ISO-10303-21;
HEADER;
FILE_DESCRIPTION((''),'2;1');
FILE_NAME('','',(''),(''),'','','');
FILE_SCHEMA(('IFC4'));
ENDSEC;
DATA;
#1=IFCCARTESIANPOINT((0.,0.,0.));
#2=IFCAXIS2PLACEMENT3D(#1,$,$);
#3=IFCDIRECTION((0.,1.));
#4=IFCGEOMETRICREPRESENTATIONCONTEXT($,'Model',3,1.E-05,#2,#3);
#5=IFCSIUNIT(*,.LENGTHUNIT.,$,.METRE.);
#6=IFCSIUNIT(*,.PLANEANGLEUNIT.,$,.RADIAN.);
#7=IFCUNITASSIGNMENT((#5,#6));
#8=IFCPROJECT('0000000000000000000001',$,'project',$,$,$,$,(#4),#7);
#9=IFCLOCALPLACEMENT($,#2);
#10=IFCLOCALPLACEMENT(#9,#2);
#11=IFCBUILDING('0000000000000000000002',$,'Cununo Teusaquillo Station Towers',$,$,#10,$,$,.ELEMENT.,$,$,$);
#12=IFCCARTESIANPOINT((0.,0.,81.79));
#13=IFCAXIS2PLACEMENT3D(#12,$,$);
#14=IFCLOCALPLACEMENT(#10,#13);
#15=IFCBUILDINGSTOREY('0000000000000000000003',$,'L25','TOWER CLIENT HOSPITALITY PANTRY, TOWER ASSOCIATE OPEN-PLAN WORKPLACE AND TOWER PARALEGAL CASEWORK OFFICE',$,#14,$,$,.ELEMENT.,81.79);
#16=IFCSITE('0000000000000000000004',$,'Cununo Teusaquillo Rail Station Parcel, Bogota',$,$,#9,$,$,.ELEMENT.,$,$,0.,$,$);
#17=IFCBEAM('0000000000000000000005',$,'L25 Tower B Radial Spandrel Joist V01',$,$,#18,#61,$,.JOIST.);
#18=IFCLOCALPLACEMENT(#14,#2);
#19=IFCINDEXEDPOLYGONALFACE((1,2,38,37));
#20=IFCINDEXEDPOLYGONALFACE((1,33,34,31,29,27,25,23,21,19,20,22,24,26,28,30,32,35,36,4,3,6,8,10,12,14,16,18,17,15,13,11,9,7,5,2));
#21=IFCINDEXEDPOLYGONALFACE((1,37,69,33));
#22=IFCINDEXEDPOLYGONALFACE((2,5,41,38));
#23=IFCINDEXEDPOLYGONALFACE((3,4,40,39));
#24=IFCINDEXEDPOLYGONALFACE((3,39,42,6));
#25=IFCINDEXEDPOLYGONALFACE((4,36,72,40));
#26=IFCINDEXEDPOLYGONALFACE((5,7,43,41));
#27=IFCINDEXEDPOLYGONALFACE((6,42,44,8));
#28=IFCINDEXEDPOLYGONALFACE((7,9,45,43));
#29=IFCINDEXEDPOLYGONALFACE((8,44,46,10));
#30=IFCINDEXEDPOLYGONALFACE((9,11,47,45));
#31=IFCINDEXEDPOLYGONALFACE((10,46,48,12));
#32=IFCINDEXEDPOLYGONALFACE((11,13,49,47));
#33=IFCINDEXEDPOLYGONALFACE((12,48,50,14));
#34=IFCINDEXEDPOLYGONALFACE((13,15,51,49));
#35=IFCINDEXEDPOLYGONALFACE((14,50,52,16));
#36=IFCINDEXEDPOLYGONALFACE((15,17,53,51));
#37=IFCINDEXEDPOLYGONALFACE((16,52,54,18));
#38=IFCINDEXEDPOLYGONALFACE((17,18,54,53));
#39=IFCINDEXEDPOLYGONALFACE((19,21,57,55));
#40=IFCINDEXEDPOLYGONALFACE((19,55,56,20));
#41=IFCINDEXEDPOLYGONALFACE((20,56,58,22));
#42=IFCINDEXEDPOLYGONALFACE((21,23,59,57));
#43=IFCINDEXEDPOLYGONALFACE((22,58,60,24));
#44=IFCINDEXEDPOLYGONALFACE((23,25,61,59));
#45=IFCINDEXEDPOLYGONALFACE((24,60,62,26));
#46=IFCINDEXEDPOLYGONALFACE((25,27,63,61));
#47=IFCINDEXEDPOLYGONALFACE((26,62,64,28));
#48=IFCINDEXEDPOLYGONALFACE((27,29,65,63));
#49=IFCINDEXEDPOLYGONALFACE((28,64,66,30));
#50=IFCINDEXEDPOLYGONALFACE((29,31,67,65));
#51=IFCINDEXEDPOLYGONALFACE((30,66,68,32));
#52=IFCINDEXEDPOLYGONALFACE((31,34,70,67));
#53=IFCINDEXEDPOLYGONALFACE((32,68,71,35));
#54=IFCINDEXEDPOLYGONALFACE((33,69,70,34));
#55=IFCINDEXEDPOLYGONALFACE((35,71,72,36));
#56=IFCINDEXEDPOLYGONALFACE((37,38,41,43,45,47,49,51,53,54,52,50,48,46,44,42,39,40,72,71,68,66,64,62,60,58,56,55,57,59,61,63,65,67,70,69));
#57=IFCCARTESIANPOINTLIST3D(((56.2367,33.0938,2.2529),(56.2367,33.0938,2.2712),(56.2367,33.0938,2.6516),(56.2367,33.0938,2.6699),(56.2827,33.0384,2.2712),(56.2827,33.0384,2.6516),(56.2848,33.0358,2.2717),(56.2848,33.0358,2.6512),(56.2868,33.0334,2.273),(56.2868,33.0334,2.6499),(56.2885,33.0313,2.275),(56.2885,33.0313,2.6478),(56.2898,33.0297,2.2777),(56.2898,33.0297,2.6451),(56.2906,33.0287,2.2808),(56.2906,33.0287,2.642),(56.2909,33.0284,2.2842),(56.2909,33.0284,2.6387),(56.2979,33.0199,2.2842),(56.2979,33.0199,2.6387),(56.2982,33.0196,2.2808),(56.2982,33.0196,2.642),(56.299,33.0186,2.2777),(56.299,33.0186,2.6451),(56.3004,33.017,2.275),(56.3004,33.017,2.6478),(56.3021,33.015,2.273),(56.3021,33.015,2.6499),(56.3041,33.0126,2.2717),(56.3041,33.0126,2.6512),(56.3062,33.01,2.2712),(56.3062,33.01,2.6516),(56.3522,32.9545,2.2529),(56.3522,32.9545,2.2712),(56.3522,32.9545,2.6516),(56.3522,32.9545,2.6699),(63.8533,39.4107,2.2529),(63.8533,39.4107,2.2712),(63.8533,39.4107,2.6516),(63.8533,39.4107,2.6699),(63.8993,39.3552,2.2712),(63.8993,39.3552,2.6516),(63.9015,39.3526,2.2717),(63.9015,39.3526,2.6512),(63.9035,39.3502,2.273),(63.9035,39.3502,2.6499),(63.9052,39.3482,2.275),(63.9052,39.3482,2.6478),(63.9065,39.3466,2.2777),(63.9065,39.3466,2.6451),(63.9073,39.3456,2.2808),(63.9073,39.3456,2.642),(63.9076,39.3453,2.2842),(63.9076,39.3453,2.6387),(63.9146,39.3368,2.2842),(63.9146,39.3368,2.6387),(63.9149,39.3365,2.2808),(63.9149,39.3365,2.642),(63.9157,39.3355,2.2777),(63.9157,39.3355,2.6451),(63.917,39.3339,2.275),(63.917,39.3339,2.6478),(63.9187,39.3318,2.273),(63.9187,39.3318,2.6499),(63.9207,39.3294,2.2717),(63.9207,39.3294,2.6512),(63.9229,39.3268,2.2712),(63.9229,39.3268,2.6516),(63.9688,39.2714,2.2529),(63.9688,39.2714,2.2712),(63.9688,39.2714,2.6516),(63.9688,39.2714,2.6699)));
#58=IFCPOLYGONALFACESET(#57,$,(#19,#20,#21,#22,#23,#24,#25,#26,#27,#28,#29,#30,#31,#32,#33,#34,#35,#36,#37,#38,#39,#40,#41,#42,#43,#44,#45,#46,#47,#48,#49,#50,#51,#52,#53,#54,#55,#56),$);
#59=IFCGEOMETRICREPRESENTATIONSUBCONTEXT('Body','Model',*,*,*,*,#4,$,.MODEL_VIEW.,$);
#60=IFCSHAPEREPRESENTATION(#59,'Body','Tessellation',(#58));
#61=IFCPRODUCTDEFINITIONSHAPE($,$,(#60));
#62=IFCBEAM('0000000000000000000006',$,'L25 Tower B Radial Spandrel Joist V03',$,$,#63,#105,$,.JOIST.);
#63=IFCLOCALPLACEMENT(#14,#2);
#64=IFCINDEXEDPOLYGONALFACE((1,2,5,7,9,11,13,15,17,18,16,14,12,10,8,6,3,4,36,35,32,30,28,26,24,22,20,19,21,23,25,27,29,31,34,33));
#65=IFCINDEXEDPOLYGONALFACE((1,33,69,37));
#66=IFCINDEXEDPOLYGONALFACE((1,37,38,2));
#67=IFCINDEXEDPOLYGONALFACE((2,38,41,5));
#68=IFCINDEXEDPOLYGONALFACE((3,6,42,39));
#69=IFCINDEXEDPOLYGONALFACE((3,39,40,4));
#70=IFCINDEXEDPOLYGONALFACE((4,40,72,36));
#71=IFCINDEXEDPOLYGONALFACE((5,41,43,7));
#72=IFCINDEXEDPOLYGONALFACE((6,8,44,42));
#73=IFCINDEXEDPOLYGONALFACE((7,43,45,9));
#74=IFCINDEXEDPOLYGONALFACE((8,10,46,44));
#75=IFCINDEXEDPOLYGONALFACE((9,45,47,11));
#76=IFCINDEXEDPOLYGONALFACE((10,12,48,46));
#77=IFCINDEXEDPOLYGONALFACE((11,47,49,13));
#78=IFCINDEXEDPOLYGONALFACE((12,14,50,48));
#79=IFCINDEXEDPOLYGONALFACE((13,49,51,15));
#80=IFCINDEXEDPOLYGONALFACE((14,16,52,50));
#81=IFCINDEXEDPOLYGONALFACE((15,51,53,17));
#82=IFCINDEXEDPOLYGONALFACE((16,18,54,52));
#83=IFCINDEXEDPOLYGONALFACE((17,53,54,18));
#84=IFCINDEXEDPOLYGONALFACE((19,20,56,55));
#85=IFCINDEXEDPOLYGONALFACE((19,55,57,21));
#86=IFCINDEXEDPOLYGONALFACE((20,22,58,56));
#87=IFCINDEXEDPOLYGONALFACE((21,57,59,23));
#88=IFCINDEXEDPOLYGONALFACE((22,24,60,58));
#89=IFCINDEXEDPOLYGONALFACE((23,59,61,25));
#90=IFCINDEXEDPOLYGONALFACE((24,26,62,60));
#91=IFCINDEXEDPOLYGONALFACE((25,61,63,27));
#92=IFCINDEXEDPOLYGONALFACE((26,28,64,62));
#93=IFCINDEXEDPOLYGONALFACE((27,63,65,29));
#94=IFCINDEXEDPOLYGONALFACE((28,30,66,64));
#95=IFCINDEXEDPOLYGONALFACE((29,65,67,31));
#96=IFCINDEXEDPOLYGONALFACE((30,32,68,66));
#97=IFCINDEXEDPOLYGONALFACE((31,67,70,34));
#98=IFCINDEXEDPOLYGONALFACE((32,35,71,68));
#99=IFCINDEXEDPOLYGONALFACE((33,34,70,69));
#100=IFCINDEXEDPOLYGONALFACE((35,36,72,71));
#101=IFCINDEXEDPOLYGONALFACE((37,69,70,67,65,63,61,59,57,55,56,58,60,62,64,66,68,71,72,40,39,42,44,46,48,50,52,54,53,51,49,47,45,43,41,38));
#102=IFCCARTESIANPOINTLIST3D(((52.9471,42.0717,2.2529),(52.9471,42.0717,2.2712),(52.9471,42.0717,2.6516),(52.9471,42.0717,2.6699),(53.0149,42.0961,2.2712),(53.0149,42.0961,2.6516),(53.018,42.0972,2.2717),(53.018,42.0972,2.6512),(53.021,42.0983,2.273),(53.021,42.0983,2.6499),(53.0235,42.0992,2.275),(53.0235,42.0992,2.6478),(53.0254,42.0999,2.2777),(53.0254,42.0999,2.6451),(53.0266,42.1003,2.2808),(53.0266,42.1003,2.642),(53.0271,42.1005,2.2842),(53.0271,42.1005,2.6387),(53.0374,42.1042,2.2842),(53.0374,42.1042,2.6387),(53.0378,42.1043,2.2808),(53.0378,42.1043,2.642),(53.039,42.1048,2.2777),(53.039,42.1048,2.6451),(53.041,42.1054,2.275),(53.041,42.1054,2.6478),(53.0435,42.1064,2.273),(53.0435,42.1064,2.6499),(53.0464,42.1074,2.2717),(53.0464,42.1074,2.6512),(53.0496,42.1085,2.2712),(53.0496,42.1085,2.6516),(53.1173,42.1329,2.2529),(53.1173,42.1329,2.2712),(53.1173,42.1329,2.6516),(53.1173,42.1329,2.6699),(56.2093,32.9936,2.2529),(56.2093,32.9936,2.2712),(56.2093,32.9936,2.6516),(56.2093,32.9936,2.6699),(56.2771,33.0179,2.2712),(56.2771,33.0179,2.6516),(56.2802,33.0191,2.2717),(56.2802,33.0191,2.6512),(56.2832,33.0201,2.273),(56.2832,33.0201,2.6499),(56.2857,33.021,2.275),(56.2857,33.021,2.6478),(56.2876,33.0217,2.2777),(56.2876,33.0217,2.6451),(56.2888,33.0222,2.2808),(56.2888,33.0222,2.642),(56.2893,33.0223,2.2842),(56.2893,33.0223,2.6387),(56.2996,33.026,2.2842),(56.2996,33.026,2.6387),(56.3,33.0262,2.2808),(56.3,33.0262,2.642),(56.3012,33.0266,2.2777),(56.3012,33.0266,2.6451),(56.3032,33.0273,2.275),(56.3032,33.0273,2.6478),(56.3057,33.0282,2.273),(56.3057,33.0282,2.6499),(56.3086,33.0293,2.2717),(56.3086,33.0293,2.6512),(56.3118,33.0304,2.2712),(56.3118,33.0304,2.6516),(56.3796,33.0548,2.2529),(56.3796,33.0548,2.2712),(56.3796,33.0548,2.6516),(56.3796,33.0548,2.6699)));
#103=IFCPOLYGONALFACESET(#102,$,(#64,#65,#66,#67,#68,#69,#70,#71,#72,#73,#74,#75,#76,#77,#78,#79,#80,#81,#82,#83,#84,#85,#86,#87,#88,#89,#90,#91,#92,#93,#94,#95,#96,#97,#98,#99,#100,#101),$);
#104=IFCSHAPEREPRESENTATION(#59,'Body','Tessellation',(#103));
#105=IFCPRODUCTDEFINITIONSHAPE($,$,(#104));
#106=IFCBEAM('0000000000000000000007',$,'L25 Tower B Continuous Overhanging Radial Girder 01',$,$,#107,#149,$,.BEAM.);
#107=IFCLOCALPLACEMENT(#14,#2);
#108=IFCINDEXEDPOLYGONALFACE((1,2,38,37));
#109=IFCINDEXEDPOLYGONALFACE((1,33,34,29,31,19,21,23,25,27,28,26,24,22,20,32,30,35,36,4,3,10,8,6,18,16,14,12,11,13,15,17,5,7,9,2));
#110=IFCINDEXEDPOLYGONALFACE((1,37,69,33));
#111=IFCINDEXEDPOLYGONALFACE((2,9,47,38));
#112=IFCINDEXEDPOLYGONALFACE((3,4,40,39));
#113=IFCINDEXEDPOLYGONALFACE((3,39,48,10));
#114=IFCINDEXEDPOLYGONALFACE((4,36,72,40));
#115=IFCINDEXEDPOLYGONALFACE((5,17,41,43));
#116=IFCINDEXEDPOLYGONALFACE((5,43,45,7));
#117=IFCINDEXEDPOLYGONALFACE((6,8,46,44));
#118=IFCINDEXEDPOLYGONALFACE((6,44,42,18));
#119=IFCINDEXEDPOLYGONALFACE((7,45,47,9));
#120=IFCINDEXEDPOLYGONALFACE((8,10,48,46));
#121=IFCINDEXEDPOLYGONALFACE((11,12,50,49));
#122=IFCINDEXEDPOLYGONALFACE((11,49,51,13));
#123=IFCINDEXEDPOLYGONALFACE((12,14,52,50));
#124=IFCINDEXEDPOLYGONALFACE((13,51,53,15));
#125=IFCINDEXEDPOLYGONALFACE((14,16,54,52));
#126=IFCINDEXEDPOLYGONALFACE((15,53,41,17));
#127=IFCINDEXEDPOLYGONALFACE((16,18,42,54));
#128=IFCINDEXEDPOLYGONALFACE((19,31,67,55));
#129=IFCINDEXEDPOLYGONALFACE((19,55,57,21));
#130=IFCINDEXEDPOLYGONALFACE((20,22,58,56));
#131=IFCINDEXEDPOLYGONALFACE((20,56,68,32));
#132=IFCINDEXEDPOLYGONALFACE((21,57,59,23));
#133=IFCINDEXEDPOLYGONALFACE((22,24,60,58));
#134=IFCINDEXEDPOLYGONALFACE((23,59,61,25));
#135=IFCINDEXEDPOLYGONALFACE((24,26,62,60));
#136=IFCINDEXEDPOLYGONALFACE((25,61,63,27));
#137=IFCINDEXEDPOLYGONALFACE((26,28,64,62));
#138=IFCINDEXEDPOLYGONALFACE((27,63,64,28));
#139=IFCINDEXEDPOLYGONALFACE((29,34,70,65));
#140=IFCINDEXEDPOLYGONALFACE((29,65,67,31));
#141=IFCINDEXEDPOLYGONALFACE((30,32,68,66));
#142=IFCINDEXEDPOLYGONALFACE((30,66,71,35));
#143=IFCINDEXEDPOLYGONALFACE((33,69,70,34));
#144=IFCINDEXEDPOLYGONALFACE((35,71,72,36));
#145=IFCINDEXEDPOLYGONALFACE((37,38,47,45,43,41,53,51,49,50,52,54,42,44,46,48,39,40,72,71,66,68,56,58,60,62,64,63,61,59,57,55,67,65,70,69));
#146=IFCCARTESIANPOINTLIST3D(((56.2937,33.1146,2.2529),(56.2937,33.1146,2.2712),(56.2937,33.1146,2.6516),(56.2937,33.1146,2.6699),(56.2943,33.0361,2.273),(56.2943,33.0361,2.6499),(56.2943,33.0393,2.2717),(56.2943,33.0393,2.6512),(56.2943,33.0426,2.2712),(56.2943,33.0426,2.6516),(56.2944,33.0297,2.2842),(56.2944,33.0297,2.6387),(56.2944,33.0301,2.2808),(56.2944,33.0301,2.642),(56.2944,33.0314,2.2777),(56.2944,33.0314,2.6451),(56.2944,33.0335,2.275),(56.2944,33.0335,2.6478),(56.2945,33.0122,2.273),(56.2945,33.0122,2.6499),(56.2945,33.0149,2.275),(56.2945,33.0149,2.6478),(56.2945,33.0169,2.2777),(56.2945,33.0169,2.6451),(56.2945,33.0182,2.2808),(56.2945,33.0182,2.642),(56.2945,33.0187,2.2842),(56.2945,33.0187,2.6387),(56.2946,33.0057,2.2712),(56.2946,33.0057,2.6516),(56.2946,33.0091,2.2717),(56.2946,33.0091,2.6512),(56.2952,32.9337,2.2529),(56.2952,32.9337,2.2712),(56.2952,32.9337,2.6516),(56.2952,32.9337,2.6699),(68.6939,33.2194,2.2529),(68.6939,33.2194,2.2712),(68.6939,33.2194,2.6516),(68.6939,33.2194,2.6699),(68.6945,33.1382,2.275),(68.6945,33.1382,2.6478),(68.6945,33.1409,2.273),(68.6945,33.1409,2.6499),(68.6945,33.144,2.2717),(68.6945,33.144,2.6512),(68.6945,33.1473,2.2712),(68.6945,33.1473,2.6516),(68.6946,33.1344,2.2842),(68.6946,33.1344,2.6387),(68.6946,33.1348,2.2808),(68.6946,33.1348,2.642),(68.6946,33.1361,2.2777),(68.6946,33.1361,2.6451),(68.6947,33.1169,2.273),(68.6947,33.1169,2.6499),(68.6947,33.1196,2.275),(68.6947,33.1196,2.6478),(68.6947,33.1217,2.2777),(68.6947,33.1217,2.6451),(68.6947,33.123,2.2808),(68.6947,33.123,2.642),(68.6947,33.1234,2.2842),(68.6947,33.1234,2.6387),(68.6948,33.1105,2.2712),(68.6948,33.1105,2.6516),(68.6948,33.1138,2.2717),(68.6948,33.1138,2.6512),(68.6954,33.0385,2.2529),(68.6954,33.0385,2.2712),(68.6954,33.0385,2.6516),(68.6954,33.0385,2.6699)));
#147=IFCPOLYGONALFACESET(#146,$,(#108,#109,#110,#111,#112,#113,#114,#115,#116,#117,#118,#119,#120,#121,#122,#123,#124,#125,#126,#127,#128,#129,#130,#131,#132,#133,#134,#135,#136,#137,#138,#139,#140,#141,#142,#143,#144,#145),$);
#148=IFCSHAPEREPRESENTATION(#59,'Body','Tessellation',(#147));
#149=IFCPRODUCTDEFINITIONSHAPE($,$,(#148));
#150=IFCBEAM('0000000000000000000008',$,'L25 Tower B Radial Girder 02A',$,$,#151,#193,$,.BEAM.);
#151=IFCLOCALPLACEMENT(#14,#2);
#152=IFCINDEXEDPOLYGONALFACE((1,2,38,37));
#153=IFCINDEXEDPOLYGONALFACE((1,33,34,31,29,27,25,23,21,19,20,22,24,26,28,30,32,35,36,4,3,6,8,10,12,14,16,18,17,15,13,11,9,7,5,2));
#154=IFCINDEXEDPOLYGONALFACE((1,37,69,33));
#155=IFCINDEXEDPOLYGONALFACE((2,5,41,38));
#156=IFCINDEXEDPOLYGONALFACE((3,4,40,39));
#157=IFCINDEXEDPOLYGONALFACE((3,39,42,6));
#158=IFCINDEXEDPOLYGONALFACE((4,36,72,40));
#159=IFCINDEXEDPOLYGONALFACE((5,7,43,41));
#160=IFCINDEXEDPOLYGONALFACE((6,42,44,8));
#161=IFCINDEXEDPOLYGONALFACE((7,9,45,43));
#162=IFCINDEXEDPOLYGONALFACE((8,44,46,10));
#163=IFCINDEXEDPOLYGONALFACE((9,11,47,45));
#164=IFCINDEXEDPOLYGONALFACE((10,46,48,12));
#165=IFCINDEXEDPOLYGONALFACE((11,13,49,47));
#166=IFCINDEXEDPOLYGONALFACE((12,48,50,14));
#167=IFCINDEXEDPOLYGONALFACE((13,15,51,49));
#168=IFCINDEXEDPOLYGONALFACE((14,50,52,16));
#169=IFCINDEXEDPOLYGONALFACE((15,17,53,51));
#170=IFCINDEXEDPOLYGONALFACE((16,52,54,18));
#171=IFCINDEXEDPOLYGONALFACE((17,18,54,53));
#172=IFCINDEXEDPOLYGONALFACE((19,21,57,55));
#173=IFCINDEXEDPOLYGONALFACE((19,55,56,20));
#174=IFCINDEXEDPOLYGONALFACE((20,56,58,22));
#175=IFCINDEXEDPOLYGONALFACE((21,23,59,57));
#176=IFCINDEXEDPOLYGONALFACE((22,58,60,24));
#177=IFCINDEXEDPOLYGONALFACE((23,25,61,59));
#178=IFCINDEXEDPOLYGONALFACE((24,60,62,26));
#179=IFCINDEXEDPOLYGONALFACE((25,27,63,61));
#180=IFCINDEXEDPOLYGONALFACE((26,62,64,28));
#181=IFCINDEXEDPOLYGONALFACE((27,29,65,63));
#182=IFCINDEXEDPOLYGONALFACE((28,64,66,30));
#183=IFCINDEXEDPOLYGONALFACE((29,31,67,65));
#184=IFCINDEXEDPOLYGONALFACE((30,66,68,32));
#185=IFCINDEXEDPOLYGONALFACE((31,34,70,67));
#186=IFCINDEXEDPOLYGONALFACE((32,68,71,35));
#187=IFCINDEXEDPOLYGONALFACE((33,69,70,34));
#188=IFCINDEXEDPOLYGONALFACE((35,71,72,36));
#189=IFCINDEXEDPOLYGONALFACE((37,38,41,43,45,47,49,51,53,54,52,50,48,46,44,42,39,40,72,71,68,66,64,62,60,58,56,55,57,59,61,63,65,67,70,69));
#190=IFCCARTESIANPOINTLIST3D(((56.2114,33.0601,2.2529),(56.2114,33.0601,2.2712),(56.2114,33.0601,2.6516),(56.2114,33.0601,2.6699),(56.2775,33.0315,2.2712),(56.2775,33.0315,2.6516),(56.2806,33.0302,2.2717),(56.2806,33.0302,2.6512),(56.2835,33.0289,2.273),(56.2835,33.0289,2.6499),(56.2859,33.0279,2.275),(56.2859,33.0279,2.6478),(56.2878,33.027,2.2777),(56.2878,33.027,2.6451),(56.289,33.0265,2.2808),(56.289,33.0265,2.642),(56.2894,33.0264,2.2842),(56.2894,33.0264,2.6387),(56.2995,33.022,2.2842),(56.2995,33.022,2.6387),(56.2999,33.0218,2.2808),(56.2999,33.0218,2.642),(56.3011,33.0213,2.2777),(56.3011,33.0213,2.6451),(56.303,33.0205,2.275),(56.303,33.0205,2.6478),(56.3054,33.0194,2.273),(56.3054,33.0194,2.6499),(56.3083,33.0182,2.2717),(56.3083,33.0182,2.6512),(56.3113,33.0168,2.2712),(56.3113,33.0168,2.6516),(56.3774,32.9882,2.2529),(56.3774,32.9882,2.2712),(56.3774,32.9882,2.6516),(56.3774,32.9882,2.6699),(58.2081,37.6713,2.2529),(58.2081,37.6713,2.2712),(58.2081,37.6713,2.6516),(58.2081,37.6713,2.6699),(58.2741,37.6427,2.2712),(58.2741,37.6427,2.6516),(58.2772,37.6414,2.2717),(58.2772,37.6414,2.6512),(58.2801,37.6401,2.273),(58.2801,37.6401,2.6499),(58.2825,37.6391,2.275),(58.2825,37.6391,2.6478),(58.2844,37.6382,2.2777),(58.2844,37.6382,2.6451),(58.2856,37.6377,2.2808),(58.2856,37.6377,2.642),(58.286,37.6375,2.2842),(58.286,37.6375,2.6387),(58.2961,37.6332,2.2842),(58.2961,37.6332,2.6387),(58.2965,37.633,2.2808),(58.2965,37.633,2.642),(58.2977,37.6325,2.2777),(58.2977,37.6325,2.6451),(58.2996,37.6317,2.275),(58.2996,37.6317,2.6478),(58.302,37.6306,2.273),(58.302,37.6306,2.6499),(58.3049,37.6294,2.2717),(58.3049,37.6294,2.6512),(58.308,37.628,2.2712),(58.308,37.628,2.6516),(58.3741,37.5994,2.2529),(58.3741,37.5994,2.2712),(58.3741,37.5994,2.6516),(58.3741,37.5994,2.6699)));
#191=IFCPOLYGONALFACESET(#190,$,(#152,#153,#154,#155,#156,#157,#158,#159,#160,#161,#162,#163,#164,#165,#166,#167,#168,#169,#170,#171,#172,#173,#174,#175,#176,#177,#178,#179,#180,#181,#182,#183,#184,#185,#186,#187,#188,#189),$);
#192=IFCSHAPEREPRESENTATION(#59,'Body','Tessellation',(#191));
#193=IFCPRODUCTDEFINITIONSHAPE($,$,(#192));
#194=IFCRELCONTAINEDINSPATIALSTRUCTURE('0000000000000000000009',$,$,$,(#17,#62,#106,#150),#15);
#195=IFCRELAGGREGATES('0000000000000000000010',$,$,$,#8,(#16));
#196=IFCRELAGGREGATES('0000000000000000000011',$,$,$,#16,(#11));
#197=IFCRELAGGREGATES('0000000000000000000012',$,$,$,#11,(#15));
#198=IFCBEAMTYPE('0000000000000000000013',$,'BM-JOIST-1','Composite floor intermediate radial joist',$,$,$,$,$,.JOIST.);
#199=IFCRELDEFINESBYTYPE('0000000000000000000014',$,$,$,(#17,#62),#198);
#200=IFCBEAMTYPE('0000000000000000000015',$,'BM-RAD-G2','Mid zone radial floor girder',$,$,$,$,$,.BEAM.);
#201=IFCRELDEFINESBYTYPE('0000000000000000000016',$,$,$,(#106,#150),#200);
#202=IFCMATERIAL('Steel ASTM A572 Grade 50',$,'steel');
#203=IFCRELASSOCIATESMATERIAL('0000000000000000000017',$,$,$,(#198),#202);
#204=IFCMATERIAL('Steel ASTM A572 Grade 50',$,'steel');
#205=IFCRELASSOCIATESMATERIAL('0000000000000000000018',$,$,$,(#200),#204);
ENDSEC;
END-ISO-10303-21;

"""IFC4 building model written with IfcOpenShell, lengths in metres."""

from ifc_helpers import new_model, si_unit, direction, frame, origin, origin_2d, place, context, subcontext, project, spatial, i_section, extrude, material, material_profile, profile_set, type_object, element, save


model = new_model("IFC4")

# Units and contexts
model_context = context("Model", 3, precision=1e-05, world=origin(), true_north=direction((0.0, 1.0)))
body_context = subcontext(model_context, "Body", "Model", "MODEL_VIEW")
ifc_project = project(units=[si_unit("LENGTHUNIT", "METRE"), si_unit("PLANEANGLEUNIT", "RADIAN")], contexts=[model_context])

# Site, building, storey
site_placement = place(None, origin())
site = spatial("IfcSite", under=ifc_project, at=site_placement, Name="Cununo Teusaquillo Rail Station Parcel, Bogota", CompositionType="ELEMENT", RefElevation=0.0)
building_placement = place(site_placement, origin())
building = spatial("IfcBuilding", under=site, at=building_placement, Name="Cununo Teusaquillo Station Towers", CompositionType="ELEMENT")
storey_placement = place(building_placement, frame((0.0, 0.0, 81.79)))
storey = spatial("IfcBuildingStorey", under=building, at=storey_placement, Name="L25", Description="TOWER CLIENT HOSPITALITY PANTRY, TOWER ASSOCIATE OPEN-PLAN WORKPLACE AND TOWER PARALEGAL CASEWORK OFFICE", CompositionType="ELEMENT", Elevation=81.79)

# Beams
ifc_material_1 = material(Name="Steel ASTM A572 Grade 50", Category="steel")
ifc_material_profile_1 = material_profile(ifc_material_1, i_section(OverallWidth=0.1809, OverallDepth=0.417, WebThickness=0.011, FlangeThickness=0.0183, FilletRadius=0.0129, at=origin_2d()), Name="W16X57")
ifc_profile_set_1 = profile_set([ifc_material_profile_1], Name="Steel ASTM A572 Grade 50")
beam_type_1 = type_object("IfcBeamType", Name="BM-JOIST-1", Description="Composite floor intermediate radial joist", PredefinedType="JOIST", material=ifc_profile_set_1)
beam_1_placement = place(storey_placement, frame((56.2944, 33.0242, 2.4614), z_axis=(0.769728, 0.638372, 0.0), x_axis=(-0.638372, 0.769728, 0.0)))
element("IfcBeam", 1, at=beam_1_placement, inside=storey, type_object=beam_type_1, Name="L25 Tower B Radial Spandrel Joist V01", PredefinedType="JOIST", context=body_context, shape_type="SweptSolid", body=[
    extrude(i_section(OverallWidth=0.1809, OverallDepth=0.417, WebThickness=0.011, FlangeThickness=0.0183, FilletRadius=0.0129, at=origin_2d()), origin(), (0.0, 0.0, 1.0), 9.8953),
])
beam_2_placement = place(storey_placement, frame((56.2944, 33.0242, 2.4614), z_axis=(-0.338176, 0.941083, 0.0), x_axis=(-0.941083, -0.338176, 0.0)))
element("IfcBeam", 2, at=beam_2_placement, inside=storey, type_object=beam_type_1, Name="L25 Tower B Radial Spandrel Joist V03", PredefinedType="JOIST", context=body_context, shape_type="SweptSolid", body=[
    extrude(i_section(OverallWidth=0.1809, OverallDepth=0.417, WebThickness=0.011, FlangeThickness=0.0183, FilletRadius=0.0129, at=origin_2d()), origin(), (0.0, 0.0, 1.0), 9.6465),
])
ifc_material_2 = material(Name="Steel ASTM A572 Grade 50", Category="steel")
ifc_material_profile_2 = material_profile(ifc_material_2, i_section(OverallWidth=0.1809, OverallDepth=0.417, WebThickness=0.011, FlangeThickness=0.0183, FilletRadius=0.0129, at=origin_2d()), Name="W16X57")
ifc_profile_set_2 = profile_set([ifc_material_profile_2], Name="Steel ASTM A572 Grade 50")
beam_type_2 = type_object("IfcBeamType", Name="BM-RAD-G2", Description="Mid zone radial floor girder", PredefinedType="BEAM", material=ifc_profile_set_2)
beam_3_placement = place(storey_placement, frame((56.2944, 33.0242, 2.4614), z_axis=(0.999964, 0.008446, 0.0), x_axis=(-0.008446, 0.999964, 0.0)))
element("IfcBeam", 3, at=beam_3_placement, inside=storey, type_object=beam_type_2, Name="L25 Tower B Continuous Overhanging Radial Girder 01", PredefinedType="BEAM", context=body_context, shape_type="SweptSolid", body=[
    extrude(i_section(OverallWidth=0.1809, OverallDepth=0.417, WebThickness=0.011, FlangeThickness=0.0183, FilletRadius=0.0129, at=origin_2d()), origin(), (0.0, 0.0, 1.0), 12.4006),
])
beam_4_placement = place(storey_placement, frame((56.2944, 33.0242, 2.4614), z_axis=(0.397347, 0.917668, 0.0), x_axis=(-0.917668, 0.397347, 0.0)))
element("IfcBeam", 4, at=beam_4_placement, inside=storey, type_object=beam_type_2, Name="L25 Tower B Radial Girder 02A", PredefinedType="BEAM", context=body_context, shape_type="SweptSolid", body=[
    extrude(i_section(OverallWidth=0.1809, OverallDepth=0.417, WebThickness=0.011, FlangeThickness=0.0183, FilletRadius=0.0129, at=origin_2d()), origin(), (0.0, 0.0, 1.0), 5.0249),
])

save(model, "model.ifc")
